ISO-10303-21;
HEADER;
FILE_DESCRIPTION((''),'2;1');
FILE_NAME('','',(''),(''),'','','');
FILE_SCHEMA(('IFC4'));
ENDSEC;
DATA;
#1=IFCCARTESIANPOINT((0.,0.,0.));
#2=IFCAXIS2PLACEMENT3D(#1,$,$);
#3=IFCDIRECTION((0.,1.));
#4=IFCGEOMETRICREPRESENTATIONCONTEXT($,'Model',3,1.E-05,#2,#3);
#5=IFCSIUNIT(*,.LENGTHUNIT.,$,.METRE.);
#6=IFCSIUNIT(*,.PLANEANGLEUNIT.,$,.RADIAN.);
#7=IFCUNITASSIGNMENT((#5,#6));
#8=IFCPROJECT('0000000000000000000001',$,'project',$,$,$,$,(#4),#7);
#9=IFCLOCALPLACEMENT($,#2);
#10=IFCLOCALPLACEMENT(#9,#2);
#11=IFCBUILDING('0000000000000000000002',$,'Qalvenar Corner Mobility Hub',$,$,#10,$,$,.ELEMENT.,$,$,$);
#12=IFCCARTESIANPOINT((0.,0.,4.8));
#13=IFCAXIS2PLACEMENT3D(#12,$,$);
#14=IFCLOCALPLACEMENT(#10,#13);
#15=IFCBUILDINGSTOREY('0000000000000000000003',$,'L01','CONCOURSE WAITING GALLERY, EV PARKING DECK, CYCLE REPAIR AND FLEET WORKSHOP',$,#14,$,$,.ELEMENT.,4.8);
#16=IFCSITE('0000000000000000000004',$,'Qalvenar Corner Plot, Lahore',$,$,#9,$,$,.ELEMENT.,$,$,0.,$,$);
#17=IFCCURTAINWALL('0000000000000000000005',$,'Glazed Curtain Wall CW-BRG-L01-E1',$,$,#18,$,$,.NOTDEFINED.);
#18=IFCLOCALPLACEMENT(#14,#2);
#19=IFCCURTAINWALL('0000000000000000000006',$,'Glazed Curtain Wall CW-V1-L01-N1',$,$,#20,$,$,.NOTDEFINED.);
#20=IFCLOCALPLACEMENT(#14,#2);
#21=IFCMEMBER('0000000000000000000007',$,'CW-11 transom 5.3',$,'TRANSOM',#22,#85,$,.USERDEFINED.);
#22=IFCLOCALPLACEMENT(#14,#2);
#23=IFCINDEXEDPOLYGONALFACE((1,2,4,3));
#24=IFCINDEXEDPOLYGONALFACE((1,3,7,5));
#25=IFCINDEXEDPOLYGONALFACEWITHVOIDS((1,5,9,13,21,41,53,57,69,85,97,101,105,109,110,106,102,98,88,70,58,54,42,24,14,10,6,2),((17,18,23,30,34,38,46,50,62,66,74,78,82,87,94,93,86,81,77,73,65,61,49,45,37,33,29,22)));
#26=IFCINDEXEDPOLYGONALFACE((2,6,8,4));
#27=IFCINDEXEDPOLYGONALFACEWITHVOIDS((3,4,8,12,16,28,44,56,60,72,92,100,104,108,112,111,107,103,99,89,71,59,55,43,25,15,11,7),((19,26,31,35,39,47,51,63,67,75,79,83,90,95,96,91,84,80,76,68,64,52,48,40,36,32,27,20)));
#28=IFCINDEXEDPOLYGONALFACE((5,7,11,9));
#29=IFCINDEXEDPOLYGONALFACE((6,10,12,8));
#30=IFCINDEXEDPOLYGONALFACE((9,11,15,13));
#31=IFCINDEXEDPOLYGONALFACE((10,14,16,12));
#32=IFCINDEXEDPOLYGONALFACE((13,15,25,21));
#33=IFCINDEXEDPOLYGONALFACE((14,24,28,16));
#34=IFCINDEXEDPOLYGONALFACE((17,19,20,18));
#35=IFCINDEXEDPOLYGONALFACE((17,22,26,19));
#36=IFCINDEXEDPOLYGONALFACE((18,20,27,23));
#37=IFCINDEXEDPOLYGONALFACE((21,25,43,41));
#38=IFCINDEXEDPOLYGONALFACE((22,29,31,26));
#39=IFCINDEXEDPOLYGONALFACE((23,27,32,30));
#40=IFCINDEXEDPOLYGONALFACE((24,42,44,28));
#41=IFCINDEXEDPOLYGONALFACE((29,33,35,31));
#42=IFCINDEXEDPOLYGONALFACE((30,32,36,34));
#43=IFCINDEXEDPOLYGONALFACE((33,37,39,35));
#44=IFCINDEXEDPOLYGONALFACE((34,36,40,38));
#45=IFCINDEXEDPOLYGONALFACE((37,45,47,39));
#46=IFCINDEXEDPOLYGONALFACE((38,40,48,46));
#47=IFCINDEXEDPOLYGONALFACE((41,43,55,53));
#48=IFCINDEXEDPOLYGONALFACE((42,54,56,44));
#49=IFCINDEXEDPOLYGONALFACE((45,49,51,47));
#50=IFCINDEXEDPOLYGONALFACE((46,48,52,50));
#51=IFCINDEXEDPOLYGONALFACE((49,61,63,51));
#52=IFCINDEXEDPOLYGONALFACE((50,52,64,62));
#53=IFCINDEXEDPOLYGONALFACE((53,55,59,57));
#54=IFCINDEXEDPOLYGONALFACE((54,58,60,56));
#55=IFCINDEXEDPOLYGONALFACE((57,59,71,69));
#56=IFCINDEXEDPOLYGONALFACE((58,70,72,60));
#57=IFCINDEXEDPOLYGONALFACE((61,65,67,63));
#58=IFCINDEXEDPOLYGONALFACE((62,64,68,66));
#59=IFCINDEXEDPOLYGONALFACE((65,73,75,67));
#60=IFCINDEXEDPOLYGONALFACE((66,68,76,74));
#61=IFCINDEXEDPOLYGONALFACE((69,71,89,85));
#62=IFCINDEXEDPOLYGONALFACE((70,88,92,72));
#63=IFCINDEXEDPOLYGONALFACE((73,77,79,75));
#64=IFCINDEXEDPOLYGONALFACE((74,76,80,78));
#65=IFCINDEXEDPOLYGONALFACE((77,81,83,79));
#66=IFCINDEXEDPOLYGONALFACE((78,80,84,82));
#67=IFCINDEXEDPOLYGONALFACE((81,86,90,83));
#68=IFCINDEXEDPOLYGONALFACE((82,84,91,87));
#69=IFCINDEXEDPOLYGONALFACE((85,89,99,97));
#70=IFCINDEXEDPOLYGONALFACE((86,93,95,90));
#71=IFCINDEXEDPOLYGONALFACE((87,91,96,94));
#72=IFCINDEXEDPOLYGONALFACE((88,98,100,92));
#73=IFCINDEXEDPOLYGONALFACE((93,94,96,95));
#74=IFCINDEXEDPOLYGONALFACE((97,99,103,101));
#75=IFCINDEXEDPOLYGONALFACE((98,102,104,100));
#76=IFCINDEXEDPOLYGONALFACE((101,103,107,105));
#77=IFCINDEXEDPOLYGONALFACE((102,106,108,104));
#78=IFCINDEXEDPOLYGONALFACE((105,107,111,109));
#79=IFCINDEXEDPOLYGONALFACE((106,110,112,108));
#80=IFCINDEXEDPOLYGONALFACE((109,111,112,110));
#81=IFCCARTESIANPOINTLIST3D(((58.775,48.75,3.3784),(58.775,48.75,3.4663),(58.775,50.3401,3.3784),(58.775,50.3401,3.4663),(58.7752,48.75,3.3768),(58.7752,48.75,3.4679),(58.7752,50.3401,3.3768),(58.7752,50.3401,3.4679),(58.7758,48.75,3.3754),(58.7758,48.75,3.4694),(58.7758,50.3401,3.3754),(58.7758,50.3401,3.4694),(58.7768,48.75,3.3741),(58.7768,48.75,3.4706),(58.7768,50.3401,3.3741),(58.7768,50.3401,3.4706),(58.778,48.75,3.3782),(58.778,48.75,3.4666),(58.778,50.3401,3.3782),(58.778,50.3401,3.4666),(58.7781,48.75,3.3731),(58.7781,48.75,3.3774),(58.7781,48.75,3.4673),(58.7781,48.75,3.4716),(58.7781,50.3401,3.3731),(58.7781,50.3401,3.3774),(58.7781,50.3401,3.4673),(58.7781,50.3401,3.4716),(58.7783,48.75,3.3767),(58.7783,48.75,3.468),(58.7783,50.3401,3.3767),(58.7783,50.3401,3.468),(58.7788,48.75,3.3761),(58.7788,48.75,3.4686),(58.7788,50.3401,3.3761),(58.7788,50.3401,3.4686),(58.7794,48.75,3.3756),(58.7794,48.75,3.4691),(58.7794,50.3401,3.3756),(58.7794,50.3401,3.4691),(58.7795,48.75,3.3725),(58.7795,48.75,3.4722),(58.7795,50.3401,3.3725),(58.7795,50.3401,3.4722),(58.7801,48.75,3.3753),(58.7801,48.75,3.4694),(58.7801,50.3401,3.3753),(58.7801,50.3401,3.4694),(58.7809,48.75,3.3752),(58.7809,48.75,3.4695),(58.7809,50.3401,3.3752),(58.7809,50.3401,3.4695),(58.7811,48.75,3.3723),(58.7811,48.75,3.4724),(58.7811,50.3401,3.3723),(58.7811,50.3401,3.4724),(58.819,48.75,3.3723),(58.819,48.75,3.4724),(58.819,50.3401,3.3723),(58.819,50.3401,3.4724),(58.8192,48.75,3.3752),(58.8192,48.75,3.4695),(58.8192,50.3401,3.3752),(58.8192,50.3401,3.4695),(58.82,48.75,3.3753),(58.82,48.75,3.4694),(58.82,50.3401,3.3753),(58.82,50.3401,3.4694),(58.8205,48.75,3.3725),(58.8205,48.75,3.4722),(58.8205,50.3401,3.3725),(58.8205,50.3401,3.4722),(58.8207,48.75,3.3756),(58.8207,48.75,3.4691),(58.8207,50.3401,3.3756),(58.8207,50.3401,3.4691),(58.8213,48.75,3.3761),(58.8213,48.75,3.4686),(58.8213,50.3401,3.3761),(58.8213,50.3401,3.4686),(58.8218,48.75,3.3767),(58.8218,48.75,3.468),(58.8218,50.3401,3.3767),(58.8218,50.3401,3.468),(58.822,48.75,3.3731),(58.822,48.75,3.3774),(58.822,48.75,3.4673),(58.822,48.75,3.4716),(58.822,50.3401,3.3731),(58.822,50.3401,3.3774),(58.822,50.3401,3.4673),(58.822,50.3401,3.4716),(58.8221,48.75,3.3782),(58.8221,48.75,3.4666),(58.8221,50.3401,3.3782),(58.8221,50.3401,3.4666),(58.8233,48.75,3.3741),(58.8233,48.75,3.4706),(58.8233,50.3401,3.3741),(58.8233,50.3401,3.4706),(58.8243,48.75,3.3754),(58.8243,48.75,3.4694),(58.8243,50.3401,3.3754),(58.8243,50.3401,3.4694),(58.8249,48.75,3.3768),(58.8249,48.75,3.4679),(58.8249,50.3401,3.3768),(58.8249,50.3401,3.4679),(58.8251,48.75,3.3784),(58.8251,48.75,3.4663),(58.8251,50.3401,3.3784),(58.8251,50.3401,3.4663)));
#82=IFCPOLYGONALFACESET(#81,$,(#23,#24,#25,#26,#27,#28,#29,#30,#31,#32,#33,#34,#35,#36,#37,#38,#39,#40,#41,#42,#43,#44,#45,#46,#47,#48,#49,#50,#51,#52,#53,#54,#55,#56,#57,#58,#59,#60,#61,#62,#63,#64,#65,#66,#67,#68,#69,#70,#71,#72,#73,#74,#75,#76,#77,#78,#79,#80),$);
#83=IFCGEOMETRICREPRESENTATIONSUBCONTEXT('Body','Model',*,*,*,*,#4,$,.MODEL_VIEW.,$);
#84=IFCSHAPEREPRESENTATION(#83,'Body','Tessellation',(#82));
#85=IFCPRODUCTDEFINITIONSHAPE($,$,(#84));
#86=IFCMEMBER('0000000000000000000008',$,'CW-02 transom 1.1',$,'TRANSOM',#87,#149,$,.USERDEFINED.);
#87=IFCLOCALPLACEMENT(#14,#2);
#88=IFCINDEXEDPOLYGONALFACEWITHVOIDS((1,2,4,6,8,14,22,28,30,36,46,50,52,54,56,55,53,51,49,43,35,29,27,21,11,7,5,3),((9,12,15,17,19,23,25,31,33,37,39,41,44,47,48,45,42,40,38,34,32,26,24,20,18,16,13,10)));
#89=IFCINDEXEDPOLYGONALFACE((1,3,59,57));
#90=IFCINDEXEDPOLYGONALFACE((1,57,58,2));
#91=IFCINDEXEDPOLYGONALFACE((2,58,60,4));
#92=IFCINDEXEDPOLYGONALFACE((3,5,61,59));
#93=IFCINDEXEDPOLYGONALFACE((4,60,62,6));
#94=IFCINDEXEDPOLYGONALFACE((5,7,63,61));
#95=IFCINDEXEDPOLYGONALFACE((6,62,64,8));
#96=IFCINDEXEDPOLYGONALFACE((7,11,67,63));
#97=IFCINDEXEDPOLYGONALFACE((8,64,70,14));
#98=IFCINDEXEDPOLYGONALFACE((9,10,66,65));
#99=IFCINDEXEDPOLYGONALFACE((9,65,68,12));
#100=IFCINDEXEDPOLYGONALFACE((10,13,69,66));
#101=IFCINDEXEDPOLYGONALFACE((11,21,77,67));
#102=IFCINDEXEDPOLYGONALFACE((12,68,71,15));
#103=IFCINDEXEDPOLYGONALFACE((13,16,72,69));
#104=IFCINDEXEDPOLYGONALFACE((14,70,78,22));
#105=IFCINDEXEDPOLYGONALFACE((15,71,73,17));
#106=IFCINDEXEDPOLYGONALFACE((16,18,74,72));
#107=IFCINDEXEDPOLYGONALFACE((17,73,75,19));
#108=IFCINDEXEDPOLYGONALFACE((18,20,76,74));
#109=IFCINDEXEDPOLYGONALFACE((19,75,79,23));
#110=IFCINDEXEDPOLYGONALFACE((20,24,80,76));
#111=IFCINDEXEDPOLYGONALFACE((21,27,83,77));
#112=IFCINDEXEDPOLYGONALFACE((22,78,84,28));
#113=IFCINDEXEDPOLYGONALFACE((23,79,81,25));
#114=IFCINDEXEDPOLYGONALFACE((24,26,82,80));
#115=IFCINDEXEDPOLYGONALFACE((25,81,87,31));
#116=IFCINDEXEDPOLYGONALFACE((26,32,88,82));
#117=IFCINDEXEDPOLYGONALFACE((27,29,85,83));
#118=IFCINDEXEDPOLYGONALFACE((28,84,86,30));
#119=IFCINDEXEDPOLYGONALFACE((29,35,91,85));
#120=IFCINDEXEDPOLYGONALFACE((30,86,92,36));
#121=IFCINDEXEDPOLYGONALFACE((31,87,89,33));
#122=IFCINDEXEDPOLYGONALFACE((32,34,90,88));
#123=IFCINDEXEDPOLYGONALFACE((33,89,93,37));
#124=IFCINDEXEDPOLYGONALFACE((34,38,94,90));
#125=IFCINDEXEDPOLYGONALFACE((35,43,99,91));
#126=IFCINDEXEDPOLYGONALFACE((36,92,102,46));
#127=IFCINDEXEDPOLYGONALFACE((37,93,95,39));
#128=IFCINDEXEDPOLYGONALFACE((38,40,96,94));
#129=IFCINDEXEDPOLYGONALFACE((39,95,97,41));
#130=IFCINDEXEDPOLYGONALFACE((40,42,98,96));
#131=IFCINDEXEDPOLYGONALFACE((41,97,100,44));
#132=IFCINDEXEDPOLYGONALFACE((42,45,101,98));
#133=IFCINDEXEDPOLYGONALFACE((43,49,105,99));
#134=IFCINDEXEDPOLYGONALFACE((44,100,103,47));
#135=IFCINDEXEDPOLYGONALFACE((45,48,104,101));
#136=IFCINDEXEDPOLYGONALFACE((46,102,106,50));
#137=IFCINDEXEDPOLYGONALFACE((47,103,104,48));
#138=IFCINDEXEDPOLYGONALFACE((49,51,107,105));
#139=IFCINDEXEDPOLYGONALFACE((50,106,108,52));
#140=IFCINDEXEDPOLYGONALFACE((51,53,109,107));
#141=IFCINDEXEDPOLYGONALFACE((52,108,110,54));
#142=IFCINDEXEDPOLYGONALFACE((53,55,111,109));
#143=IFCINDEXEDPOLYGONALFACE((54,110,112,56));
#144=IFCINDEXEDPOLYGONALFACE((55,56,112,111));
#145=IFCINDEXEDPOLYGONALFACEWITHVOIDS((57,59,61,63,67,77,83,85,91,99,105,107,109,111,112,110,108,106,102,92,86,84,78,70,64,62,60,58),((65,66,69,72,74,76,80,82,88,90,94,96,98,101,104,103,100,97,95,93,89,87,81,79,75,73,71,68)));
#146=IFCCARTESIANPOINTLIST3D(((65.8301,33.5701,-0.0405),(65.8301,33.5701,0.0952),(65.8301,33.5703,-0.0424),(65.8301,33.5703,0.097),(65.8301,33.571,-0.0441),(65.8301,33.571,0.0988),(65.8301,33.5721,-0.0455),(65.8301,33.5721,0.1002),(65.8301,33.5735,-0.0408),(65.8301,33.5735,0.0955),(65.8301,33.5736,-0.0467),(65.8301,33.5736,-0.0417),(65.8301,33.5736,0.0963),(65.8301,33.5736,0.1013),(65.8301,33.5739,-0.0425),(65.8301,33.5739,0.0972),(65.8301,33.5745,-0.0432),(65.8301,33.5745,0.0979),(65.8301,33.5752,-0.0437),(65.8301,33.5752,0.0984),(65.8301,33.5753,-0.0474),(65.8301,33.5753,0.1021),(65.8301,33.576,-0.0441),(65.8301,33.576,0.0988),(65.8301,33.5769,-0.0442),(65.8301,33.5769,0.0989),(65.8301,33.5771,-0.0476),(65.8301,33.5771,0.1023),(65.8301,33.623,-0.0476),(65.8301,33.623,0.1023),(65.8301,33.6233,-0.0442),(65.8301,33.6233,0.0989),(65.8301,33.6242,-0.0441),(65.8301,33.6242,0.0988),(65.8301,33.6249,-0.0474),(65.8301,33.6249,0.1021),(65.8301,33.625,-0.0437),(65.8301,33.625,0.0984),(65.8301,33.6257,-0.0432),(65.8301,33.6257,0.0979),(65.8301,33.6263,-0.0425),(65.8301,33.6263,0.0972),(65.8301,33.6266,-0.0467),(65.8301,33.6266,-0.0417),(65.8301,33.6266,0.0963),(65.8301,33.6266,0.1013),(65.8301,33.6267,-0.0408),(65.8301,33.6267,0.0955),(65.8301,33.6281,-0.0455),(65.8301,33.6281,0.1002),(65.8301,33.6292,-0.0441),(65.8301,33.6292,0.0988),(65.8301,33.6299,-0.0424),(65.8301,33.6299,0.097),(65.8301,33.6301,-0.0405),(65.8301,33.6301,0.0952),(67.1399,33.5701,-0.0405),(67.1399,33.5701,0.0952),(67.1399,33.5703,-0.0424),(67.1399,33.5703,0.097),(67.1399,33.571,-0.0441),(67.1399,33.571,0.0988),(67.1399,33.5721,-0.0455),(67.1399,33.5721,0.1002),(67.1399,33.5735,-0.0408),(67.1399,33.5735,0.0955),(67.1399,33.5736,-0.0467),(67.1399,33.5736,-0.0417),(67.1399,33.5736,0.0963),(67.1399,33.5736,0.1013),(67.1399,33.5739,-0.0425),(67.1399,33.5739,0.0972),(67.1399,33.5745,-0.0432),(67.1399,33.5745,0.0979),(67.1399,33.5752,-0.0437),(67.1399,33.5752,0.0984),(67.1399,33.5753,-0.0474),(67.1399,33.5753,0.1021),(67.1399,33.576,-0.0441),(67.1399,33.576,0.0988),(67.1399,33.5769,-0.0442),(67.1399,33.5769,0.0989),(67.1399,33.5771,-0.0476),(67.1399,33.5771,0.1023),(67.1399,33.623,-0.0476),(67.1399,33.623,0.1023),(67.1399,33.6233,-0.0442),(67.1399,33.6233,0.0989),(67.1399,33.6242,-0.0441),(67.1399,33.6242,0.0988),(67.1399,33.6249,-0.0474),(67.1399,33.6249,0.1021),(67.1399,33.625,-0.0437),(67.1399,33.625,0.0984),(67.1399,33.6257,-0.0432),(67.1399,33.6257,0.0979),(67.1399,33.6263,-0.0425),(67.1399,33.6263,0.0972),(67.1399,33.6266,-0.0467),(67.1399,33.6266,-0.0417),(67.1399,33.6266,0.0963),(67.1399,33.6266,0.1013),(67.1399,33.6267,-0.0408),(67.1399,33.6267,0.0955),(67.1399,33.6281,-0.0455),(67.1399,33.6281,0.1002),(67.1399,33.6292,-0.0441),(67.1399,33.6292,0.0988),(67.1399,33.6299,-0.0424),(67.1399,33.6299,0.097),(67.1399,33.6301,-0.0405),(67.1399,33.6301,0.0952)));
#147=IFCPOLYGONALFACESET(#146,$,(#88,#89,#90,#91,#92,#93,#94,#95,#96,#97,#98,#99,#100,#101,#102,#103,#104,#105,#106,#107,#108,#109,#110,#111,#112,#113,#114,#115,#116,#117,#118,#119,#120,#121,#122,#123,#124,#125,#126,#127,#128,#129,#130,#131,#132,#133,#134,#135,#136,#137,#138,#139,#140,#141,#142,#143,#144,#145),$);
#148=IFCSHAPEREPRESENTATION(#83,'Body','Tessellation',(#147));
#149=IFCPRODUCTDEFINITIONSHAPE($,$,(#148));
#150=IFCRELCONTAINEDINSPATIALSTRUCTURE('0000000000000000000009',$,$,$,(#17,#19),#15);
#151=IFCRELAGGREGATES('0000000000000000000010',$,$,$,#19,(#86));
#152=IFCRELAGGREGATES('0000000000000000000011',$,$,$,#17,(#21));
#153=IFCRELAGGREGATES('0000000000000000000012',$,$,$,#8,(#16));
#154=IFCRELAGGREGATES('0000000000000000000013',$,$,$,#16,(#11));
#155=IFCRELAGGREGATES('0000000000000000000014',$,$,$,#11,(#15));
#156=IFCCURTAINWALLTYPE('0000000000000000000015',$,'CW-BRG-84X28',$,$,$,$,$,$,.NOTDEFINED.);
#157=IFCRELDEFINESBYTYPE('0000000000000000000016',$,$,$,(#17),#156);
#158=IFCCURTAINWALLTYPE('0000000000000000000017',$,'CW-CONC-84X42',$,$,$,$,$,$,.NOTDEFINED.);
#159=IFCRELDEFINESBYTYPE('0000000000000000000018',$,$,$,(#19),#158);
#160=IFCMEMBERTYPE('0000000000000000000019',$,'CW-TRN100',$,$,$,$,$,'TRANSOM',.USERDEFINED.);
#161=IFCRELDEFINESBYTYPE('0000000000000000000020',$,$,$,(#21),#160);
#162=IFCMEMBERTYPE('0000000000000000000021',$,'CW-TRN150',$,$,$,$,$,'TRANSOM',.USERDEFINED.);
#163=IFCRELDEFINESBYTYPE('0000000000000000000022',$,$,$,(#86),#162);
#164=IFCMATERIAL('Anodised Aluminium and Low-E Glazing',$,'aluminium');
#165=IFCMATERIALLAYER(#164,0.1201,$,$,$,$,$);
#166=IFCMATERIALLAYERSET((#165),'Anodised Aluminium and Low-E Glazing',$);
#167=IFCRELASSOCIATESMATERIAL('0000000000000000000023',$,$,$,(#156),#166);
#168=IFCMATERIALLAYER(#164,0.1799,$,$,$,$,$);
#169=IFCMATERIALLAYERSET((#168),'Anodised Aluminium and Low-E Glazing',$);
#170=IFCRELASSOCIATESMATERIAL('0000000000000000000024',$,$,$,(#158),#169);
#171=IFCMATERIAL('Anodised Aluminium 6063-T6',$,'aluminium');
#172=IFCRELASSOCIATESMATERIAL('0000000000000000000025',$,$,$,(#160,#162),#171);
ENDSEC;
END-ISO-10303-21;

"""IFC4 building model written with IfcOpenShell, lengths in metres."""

from ifc_helpers import new_model, si_unit, direction, frame, origin, origin_2d, place, context, subcontext, project, spatial, hollow_rectangle, extrude, material, layer, layer_set, material_profile, profile_set, type_object, element, aggregate, save


model = new_model("IFC4")

# Units and contexts
model_context = context("Model", 3, precision=1e-05, world=origin(), true_north=direction((0.0, 1.0)))
body_context = subcontext(model_context, "Body", "Model", "MODEL_VIEW")
ifc_project = project(units=[si_unit("LENGTHUNIT", "METRE"), si_unit("PLANEANGLEUNIT", "RADIAN")], contexts=[model_context])

# Site, building, storey
site_placement = place(None, origin())
site = spatial("IfcSite", under=ifc_project, at=site_placement, Name="Qalvenar Corner Plot, Lahore", CompositionType="ELEMENT", RefElevation=0.0)
building_placement = place(site_placement, origin())
building = spatial("IfcBuilding", under=site, at=building_placement, Name="Qalvenar Corner Mobility Hub", CompositionType="ELEMENT")
storey_placement = place(building_placement, frame((0.0, 0.0, 4.8)))
storey = spatial("IfcBuildingStorey", under=building, at=storey_placement, Name="L01", Description="CONCOURSE WAITING GALLERY, EV PARKING DECK, CYCLE REPAIR AND FLEET WORKSHOP", CompositionType="ELEMENT", Elevation=4.8)

# Curtain walls
ifc_material_1 = material(Name="Anodised Aluminium and Low-E Glazing", Category="aluminium")
ifc_layer_1 = layer(ifc_material_1, 0.1201)
ifc_layer_set_1 = layer_set([ifc_layer_1], Name="Anodised Aluminium and Low-E Glazing")
curtain_wall_type_1 = type_object("IfcCurtainWallType", Name="CW-BRG-84X28", PredefinedType="NOTDEFINED", material=ifc_layer_set_1)
curtain_wall_1_placement = place(storey_placement, origin())
curtain_wall_1 = element("IfcCurtainWall", 1, at=curtain_wall_1_placement, inside=storey, type_object=curtain_wall_type_1, Name="Glazed Curtain Wall CW-BRG-L01-E1", PredefinedType="NOTDEFINED")
ifc_material_2 = material(Name="Anodised Aluminium 6063-T6", Category="aluminium")
ifc_layer_2 = layer(ifc_material_1, 0.1799)
ifc_layer_set_2 = layer_set([ifc_layer_2], Name="Anodised Aluminium and Low-E Glazing")
curtain_wall_type_2 = type_object("IfcCurtainWallType", Name="CW-CONC-84X42", PredefinedType="NOTDEFINED", material=ifc_layer_set_2)
curtain_wall_2_placement = place(storey_placement, origin())
curtain_wall_2 = element("IfcCurtainWall", 2, at=curtain_wall_2_placement, inside=storey, type_object=curtain_wall_type_2, Name="Glazed Curtain Wall CW-V1-L01-N1", PredefinedType="NOTDEFINED")

# Members
ifc_material_profile_1 = material_profile(ifc_material_2, hollow_rectangle(XDim=0.05, YDim=0.1001, WallThickness=0.0029, InnerFilletRadius=0.0029, OuterFilletRadius=0.0061, at=origin_2d()), Name="RHS100x50x3")
ifc_profile_set_1 = profile_set([ifc_material_profile_1], Name="Anodised Aluminium 6063-T6")
member_type_1 = type_object("IfcMemberType", Name="CW-TRN100", ElementType="TRANSOM", PredefinedType="USERDEFINED", material=ifc_profile_set_1)
member_1_placement = place(storey_placement, frame((58.8, 48.75, 3.4224), z_axis=(0.0, 1.0, 0.0), x_axis=(-1.0, 0.0, 0.0)))
member_1 = element("IfcMember", 3, at=member_1_placement, type_object=member_type_1, Name="CW-11 transom 5.3", ObjectType="TRANSOM", PredefinedType="USERDEFINED", context=body_context, shape_type="SweptSolid", body=[
    extrude(hollow_rectangle(XDim=0.05, YDim=0.1001, WallThickness=0.0029, InnerFilletRadius=0.0029, OuterFilletRadius=0.0061, at=origin_2d()), origin(), (0.0, 0.0, 1.0), 1.5901),
])
ifc_material_profile_2 = material_profile(ifc_material_2, hollow_rectangle(XDim=0.0601, YDim=0.1499, WallThickness=0.0034, InnerFilletRadius=0.0034, OuterFilletRadius=0.0071, at=origin_2d()), Name="RHS150x60x3.5")
ifc_profile_set_2 = profile_set([ifc_material_profile_2], Name="Anodised Aluminium 6063-T6")
member_type_2 = type_object("IfcMemberType", Name="CW-TRN150", ElementType="TRANSOM", PredefinedType="USERDEFINED", material=ifc_profile_set_2)
member_2_placement = place(storey_placement, frame((67.1399, 33.6001, 0.0273), z_axis=(-1.0, 0.0, 0.0), x_axis=(0.0, -1.0, 0.0)))
member_2 = element("IfcMember", 4, at=member_2_placement, type_object=member_type_2, Name="CW-02 transom 1.1", ObjectType="TRANSOM", PredefinedType="USERDEFINED", context=body_context, shape_type="SweptSolid", body=[
    extrude(hollow_rectangle(XDim=0.0601, YDim=0.1499, WallThickness=0.0034, InnerFilletRadius=0.0034, OuterFilletRadius=0.0071, at=origin_2d()), origin(), (0.0, 0.0, 1.0), 1.3098),
])

aggregate(curtain_wall_2, [member_2])
aggregate(curtain_wall_1, [member_1])

save(model, "model.ifc")
